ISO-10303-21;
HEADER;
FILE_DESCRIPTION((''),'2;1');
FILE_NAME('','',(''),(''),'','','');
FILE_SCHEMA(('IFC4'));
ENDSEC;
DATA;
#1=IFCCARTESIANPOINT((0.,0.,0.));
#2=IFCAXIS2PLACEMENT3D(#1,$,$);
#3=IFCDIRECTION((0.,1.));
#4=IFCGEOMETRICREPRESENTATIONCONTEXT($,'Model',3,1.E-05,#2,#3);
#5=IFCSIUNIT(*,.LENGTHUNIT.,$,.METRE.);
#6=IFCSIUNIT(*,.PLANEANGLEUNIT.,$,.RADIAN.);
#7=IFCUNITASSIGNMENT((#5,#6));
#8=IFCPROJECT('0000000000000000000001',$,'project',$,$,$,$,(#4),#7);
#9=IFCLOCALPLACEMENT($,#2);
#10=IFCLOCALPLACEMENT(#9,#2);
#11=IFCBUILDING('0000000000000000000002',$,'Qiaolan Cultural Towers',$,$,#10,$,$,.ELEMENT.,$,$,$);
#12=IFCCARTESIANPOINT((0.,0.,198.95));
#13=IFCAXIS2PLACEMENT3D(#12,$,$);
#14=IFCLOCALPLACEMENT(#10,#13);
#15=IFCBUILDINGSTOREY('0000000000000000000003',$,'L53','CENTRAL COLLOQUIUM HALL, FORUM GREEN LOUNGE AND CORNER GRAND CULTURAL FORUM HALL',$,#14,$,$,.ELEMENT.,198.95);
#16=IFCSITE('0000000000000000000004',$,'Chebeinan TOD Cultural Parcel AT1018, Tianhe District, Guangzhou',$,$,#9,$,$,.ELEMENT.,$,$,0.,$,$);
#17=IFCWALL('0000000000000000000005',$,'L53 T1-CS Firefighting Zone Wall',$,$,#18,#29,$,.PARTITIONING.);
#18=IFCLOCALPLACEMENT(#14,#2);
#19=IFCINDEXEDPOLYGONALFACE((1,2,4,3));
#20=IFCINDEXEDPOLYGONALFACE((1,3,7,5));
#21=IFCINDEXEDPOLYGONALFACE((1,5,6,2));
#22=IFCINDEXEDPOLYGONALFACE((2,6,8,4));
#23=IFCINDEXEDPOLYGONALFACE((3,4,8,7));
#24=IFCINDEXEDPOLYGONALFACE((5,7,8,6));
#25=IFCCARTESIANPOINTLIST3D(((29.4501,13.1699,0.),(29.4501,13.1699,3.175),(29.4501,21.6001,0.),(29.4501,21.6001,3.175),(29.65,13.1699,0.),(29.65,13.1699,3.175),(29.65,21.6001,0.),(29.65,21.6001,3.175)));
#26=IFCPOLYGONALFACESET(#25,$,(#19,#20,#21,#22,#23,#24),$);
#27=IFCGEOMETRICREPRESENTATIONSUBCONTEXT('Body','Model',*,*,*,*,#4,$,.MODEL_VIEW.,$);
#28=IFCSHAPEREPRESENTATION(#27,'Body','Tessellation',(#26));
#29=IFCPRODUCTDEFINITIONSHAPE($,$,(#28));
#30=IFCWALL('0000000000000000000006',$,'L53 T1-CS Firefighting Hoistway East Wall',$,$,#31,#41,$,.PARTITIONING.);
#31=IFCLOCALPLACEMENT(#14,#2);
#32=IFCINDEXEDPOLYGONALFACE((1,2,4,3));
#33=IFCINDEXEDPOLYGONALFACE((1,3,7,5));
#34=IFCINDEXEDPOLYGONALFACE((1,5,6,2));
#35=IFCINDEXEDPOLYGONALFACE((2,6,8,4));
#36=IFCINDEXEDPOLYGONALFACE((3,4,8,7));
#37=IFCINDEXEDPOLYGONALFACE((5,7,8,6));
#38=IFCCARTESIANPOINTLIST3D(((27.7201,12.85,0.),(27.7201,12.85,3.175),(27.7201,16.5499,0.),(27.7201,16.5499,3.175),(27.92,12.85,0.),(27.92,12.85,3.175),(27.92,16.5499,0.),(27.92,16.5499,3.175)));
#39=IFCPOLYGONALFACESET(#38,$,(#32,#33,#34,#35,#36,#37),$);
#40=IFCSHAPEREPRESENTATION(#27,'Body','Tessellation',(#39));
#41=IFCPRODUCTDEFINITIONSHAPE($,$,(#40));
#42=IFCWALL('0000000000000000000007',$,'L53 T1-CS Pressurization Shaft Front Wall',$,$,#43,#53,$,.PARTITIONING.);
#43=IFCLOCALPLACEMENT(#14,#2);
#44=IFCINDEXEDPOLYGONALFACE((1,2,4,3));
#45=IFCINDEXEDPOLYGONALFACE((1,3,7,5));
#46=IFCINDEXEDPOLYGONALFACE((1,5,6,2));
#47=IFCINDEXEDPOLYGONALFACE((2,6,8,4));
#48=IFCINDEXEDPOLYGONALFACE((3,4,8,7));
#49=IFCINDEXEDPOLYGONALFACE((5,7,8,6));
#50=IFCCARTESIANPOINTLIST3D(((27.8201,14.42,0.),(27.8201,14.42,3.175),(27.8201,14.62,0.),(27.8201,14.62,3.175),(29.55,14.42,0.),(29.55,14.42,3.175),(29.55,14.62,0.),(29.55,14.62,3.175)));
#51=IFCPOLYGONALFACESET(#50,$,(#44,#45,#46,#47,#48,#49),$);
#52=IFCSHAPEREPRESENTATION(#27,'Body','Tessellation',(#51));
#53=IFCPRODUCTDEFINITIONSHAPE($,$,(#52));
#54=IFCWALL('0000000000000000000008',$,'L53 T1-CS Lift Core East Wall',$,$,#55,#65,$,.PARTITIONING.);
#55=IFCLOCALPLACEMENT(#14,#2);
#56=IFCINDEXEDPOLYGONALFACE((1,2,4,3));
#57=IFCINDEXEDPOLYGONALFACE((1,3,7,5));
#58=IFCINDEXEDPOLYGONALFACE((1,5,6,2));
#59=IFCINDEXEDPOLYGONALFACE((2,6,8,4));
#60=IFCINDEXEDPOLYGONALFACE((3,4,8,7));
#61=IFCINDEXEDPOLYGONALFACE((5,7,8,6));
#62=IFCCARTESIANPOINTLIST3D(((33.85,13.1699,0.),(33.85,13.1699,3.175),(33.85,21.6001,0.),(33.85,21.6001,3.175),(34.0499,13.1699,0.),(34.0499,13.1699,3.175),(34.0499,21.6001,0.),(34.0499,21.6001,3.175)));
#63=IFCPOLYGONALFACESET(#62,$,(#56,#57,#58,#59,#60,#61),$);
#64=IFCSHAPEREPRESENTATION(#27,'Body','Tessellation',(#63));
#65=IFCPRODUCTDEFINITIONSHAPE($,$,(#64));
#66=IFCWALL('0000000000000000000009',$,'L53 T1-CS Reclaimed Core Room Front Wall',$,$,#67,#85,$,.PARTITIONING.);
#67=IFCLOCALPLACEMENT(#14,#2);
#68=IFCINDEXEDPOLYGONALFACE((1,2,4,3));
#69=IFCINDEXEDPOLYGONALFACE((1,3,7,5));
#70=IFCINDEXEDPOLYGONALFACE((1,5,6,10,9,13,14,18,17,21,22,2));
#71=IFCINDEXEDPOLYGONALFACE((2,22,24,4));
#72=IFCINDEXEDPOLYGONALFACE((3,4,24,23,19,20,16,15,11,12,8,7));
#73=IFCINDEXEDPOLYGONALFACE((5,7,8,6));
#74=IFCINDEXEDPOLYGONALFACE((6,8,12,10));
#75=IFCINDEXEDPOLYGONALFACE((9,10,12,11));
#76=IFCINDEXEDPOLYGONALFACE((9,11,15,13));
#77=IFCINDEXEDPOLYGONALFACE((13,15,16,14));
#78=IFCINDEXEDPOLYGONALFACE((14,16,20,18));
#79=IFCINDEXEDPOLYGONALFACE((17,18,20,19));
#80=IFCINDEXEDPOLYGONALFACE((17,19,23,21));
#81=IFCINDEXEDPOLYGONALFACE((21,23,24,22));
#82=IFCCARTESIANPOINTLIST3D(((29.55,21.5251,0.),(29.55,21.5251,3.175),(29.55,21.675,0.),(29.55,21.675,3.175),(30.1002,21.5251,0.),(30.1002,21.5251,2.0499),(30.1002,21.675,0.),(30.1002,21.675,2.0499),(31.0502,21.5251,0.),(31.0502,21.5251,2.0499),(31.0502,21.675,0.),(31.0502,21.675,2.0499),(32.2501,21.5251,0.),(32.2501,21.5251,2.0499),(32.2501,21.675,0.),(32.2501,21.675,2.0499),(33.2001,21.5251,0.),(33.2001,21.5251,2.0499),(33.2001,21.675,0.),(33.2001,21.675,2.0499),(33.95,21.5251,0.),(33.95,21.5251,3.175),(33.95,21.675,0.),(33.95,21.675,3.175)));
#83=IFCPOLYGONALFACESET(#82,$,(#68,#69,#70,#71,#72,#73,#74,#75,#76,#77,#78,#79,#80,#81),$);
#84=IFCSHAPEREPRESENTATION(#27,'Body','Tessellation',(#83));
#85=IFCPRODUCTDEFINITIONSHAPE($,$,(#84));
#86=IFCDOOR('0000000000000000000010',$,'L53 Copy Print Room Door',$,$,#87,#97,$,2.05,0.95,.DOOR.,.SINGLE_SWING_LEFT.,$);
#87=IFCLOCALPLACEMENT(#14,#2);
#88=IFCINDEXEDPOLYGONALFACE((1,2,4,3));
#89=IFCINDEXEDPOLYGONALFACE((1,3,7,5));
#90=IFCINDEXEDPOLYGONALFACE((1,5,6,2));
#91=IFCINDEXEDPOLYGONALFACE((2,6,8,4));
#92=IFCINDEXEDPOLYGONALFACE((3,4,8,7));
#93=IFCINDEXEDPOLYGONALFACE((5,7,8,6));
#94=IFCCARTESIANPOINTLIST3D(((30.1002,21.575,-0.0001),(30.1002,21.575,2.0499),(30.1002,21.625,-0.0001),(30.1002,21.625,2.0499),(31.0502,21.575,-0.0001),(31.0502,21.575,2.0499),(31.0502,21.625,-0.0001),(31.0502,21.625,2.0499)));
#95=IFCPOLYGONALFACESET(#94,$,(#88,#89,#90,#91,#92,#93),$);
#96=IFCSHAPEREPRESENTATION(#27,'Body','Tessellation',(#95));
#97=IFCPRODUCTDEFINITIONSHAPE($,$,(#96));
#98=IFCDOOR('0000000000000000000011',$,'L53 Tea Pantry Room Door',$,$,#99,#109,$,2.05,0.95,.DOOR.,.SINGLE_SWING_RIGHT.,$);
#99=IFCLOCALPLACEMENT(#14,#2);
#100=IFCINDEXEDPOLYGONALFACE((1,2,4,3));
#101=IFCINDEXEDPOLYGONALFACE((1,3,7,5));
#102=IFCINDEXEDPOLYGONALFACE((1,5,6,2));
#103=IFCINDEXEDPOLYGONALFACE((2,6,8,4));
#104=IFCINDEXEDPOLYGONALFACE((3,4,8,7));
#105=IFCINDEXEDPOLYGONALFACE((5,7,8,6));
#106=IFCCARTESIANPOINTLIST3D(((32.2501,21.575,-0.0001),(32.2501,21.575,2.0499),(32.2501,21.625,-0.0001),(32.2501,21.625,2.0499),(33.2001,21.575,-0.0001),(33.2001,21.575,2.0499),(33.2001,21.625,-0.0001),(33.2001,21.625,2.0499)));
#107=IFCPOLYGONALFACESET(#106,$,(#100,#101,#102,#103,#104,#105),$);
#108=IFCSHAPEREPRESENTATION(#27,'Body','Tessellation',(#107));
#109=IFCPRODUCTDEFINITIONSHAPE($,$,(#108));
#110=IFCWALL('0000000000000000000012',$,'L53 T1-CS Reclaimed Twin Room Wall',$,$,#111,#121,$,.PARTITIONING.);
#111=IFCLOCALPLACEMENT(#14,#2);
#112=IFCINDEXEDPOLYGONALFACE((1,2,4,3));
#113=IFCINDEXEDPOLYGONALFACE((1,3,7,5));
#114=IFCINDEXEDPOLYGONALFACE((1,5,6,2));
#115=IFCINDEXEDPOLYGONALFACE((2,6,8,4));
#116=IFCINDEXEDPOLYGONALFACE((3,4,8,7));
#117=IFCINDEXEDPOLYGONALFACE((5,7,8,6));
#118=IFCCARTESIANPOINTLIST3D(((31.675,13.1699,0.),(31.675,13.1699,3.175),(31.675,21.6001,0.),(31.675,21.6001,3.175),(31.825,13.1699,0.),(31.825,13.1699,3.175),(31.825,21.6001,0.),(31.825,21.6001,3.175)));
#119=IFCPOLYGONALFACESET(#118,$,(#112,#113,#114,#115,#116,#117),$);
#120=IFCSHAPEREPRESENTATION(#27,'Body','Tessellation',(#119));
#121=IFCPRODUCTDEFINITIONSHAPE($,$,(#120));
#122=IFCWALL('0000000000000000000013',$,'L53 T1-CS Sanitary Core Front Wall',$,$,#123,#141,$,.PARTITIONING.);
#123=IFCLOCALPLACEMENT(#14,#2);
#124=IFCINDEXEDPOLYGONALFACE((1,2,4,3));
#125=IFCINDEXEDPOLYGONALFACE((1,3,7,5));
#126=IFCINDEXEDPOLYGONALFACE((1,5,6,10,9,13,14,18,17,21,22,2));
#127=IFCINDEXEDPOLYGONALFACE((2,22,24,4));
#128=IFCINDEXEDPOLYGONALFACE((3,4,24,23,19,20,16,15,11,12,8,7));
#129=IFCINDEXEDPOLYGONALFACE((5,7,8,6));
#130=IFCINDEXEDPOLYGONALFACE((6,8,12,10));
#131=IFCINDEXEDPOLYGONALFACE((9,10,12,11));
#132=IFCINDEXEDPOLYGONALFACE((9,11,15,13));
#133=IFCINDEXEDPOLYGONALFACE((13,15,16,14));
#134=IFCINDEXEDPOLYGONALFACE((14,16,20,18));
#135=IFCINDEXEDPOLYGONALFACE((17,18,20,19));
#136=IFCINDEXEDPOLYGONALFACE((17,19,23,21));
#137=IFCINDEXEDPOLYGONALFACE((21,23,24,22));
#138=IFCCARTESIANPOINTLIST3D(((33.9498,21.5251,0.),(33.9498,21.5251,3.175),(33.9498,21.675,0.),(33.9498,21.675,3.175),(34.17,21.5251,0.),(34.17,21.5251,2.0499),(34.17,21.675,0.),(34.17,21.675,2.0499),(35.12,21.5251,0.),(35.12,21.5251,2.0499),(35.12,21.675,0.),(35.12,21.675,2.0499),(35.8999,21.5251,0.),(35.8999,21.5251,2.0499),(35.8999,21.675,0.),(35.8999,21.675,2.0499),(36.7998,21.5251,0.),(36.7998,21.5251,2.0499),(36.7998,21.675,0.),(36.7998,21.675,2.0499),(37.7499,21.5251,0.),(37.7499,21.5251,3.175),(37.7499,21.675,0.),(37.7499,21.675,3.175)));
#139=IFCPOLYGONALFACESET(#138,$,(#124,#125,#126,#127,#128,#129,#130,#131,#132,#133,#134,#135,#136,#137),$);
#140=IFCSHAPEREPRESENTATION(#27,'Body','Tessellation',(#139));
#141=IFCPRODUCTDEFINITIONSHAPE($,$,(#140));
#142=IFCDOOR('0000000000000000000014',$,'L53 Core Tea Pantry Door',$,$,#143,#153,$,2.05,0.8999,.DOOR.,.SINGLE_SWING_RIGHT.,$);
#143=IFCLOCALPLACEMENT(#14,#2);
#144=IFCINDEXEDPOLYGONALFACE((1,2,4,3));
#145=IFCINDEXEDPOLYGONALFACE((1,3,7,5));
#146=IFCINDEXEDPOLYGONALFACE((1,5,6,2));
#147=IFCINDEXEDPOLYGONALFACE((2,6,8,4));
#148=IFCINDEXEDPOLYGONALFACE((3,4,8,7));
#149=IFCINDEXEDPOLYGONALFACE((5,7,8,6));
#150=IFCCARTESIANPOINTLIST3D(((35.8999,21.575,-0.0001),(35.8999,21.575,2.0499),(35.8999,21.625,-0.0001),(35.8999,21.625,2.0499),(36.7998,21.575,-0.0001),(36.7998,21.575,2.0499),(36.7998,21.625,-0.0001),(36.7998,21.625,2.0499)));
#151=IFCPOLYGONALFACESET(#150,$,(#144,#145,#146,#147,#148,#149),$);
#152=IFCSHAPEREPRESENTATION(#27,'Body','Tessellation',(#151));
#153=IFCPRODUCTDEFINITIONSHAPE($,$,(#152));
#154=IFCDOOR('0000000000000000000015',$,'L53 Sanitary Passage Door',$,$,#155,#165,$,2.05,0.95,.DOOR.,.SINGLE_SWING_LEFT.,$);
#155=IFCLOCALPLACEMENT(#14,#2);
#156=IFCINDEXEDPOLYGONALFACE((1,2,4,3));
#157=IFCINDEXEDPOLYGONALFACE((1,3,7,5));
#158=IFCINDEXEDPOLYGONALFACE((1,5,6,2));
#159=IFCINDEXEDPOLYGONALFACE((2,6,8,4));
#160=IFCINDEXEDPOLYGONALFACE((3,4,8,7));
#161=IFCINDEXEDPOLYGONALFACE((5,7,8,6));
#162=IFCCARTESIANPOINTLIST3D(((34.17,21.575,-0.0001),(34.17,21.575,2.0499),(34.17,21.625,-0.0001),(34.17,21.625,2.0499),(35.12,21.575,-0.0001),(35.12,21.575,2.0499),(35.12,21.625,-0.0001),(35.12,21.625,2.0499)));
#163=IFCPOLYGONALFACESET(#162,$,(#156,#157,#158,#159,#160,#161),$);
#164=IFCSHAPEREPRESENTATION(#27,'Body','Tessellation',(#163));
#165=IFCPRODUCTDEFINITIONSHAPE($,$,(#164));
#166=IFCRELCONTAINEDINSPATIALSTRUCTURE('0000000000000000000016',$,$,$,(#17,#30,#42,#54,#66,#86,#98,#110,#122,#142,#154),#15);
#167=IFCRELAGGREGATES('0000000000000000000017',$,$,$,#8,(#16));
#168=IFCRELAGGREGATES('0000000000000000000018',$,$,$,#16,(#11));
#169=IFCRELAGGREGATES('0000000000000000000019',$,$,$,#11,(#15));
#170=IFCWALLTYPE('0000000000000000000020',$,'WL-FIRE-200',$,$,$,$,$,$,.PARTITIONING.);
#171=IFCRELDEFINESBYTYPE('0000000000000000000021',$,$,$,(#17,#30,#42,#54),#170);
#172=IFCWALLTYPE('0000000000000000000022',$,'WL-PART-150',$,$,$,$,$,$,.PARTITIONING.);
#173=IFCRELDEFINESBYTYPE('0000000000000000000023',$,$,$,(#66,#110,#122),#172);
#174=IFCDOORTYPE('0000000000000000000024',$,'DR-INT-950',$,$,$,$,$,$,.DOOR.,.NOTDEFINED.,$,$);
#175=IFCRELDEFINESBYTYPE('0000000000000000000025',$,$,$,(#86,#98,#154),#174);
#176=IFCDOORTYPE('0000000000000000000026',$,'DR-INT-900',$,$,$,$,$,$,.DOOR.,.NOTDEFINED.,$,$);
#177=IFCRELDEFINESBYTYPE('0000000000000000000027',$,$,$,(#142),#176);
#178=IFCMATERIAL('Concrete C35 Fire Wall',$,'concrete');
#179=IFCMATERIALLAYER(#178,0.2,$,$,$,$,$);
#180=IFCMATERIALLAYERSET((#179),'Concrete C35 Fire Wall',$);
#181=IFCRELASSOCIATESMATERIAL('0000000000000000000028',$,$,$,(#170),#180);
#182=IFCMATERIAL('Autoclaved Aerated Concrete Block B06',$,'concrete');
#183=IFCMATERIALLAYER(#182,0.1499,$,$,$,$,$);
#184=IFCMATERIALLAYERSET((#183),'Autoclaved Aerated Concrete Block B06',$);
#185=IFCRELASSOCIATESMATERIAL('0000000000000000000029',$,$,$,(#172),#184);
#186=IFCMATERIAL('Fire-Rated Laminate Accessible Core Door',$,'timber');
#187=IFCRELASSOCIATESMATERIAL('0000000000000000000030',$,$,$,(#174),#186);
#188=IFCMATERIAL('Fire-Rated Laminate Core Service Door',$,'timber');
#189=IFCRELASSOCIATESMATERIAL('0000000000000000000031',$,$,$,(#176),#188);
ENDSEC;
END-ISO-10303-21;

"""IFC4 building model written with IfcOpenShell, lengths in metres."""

from ifc_helpers import new_model, si_unit, direction, frame, frame_2d, origin, place, context, subcontext, project, spatial, rectangle, extrude, material, layer, layer_set, type_object, element, fill, save


model = new_model("IFC4")

# Units and contexts
model_context = context("Model", 3, precision=1e-05, world=origin(), true_north=direction((0.0, 1.0)))
body_context = subcontext(model_context, "Body", "Model", "MODEL_VIEW")
ifc_project = project(units=[si_unit("LENGTHUNIT", "METRE"), si_unit("PLANEANGLEUNIT", "RADIAN")], contexts=[model_context])

# Site, building, storey
site_placement = place(None, origin())
site = spatial("IfcSite", under=ifc_project, at=site_placement, Name="Chebeinan TOD Cultural Parcel AT1018, Tianhe District, Guangzhou", CompositionType="ELEMENT", RefElevation=0.0)
building_placement = place(site_placement, origin())
building = spatial("IfcBuilding", under=site, at=building_placement, Name="Qiaolan Cultural Towers", CompositionType="ELEMENT")
storey_placement = place(building_placement, frame((0.0, 0.0, 198.95)))
storey = spatial("IfcBuildingStorey", under=building, at=storey_placement, Name="L53", Description="CENTRAL COLLOQUIUM HALL, FORUM GREEN LOUNGE AND CORNER GRAND CULTURAL FORUM HALL", CompositionType="ELEMENT", Elevation=198.95)

# Walls
ifc_material_1 = material(Name="Concrete C35 Fire Wall", Category="concrete")
ifc_layer_1 = layer(ifc_material_1, 0.2)
ifc_layer_set_1 = layer_set([ifc_layer_1], Name="Concrete C35 Fire Wall")
wall_type_1 = type_object("IfcWallType", Name="WL-FIRE-200", PredefinedType="PARTITIONING", material=ifc_layer_set_1)
wall_1_placement = place(storey_placement, frame((29.55, 21.6001, 0.0), z_axis=(0.0, 0.0, 1.0), x_axis=(0.0, -1.0, 0.0)))
element("IfcWall", 1, at=wall_1_placement, inside=storey, type_object=wall_type_1, Name="L53 T1-CS Firefighting Zone Wall", PredefinedType="PARTITIONING", context=body_context, shape_type="SweptSolid", body=[
    extrude(rectangle(XDim=8.4302, YDim=0.2, at=frame_2d((4.2151, 0.0))), origin(), (0.0, 0.0, 1.0), 3.175),
])
wall_2_placement = place(storey_placement, frame((27.8201, 16.55, 0.0), z_axis=(0.0, 0.0, 1.0), x_axis=(0.0, -1.0, 0.0)))
element("IfcWall", 2, at=wall_2_placement, inside=storey, type_object=wall_type_1, Name="L53 T1-CS Firefighting Hoistway East Wall", PredefinedType="PARTITIONING", context=body_context, shape_type="SweptSolid", body=[
    extrude(rectangle(XDim=3.7, YDim=0.2, at=frame_2d((1.8501, 0.0))), origin(), (0.0, 0.0, 1.0), 3.175),
])
wall_3_placement = place(storey_placement, frame((27.8201, 14.52, 0.0), z_axis=(0.0, 0.0, 1.0), x_axis=(1.0, 0.0, 0.0)))
element("IfcWall", 3, at=wall_3_placement, inside=storey, type_object=wall_type_1, Name="L53 T1-CS Pressurization Shaft Front Wall", PredefinedType="PARTITIONING", context=body_context, shape_type="SweptSolid", body=[
    extrude(rectangle(XDim=1.73, YDim=0.2, at=frame_2d((0.865, 0.0))), origin(), (0.0, 0.0, 1.0), 3.175),
])
wall_4_placement = place(storey_placement, frame((33.95, 21.6001, 0.0), z_axis=(0.0, 0.0, 1.0), x_axis=(0.0, -1.0, 0.0)))
element("IfcWall", 4, at=wall_4_placement, inside=storey, type_object=wall_type_1, Name="L53 T1-CS Lift Core East Wall", PredefinedType="PARTITIONING", context=body_context, shape_type="SweptSolid", body=[
    extrude(rectangle(XDim=8.4302, YDim=0.2, at=frame_2d((4.2151, 0.0))), origin(), (0.0, 0.0, 1.0), 3.175),
])

# Wall, openings, doors
ifc_material_2 = material(Name="Autoclaved Aerated Concrete Block B06", Category="concrete")
ifc_layer_2 = layer(ifc_material_2, 0.1499)
ifc_layer_set_2 = layer_set([ifc_layer_2], Name="Autoclaved Aerated Concrete Block B06")
wall_type_2 = type_object("IfcWallType", Name="WL-PART-150", PredefinedType="PARTITIONING", material=ifc_layer_set_2)
wall_5_placement = place(storey_placement, frame((29.55, 21.6001, 0.0), z_axis=(0.0, 0.0, 1.0), x_axis=(1.0, 0.0, 0.0)))
wall_5 = element("IfcWall", 5, at=wall_5_placement, inside=storey, type_object=wall_type_2, Name="L53 T1-CS Reclaimed Core Room Front Wall", PredefinedType="PARTITIONING", context=body_context, shape_type="SweptSolid", body=[
    extrude(rectangle(XDim=4.3999, YDim=0.1499, at=frame_2d((2.2, 0.0))), origin(), (0.0, 0.0, 1.0), 3.175),
])
opening_1_placement = place(wall_5_placement, frame((0.55, 0.0, 0.0)))
opening_1 = element("IfcOpeningElement", 6, at=opening_1_placement, cuts=wall_5, PredefinedType="OPENING", context=body_context, shape_type="SweptSolid", body=[
    extrude(rectangle(XDim=0.95, YDim=2.05, at=frame_2d((0.4751, 1.0249))), frame((0.0, 0.085, 0.0), z_axis=(0.0, -1.0, 0.0), x_axis=(1.0, 0.0, 0.0)), (0.0, 0.0, 1.0), 0.1699),
])
opening_2_placement = place(wall_5_placement, frame((2.7, 0.0, 0.0)))
opening_2 = element("IfcOpeningElement", 7, at=opening_2_placement, cuts=wall_5, PredefinedType="OPENING", context=body_context, shape_type="SweptSolid", body=[
    extrude(rectangle(XDim=0.95, YDim=2.05, at=frame_2d((0.4751, 1.0249))), frame((0.0, 0.085, 0.0), z_axis=(0.0, -1.0, 0.0), x_axis=(1.0, 0.0, 0.0)), (0.0, 0.0, 1.0), 0.1699),
])
ifc_material_3 = material(Name="Fire-Rated Laminate Accessible Core Door", Category="timber")
door_type_1 = type_object("IfcDoorType", Name="DR-INT-950", OperationType="NOTDEFINED", PredefinedType="DOOR", material=ifc_material_3)
door_1_placement = place(opening_1_placement, origin())
door_1 = element("IfcDoor", 8, at=door_1_placement, inside=storey, type_object=door_type_1, Name="L53 Copy Print Room Door", OperationType="SINGLE_SWING_LEFT", OverallHeight=2.05, OverallWidth=0.95, PredefinedType="DOOR", context=body_context, shape_type="SweptSolid", body=[
    extrude(rectangle(XDim=0.95, YDim=2.05, at=frame_2d((0.4751, 1.0249))), frame((0.0, 0.0249, 0.0), z_axis=(0.0, -1.0, 0.0), x_axis=(1.0, 0.0, 0.0)), (0.0, 0.0, 1.0), 0.05),
])
fill(opening_1, door_1)
door_2_placement = place(opening_2_placement, origin())
door_2 = element("IfcDoor", 9, at=door_2_placement, inside=storey, type_object=door_type_1, Name="L53 Tea Pantry Room Door", OperationType="SINGLE_SWING_RIGHT", OverallHeight=2.05, OverallWidth=0.95, PredefinedType="DOOR", context=body_context, shape_type="SweptSolid", body=[
    extrude(rectangle(XDim=0.95, YDim=2.05, at=frame_2d((0.4751, 1.0249))), frame((0.0, 0.0249, 0.0), z_axis=(0.0, -1.0, 0.0), x_axis=(1.0, 0.0, 0.0)), (0.0, 0.0, 1.0), 0.05),
])
fill(opening_2, door_2)

# Wall
wall_6_placement = place(storey_placement, frame((31.75, 21.6001, 0.0), z_axis=(0.0, 0.0, 1.0), x_axis=(0.0, -1.0, 0.0)))
element("IfcWall", 10, at=wall_6_placement, inside=storey, type_object=wall_type_2, Name="L53 T1-CS Reclaimed Twin Room Wall", PredefinedType="PARTITIONING", context=body_context, shape_type="SweptSolid", body=[
    extrude(rectangle(XDim=8.4302, YDim=0.1499, at=frame_2d((4.2151, 0.0))), origin(), (0.0, 0.0, 1.0), 3.175),
])

# Wall, openings, doors
wall_7_placement = place(storey_placement, frame((33.95, 21.6001, 0.0), z_axis=(0.0, 0.0, 1.0), x_axis=(1.0, 0.0, 0.0)))
wall_7 = element("IfcWall", 11, at=wall_7_placement, inside=storey, type_object=wall_type_2, Name="L53 T1-CS Sanitary Core Front Wall", PredefinedType="PARTITIONING", context=body_context, shape_type="SweptSolid", body=[
    extrude(rectangle(XDim=3.8, YDim=0.1499, at=frame_2d((1.8999, 0.0))), origin(), (0.0, 0.0, 1.0), 3.175),
])
opening_3_placement = place(wall_7_placement, frame((0.22, 0.0, 0.0)))
opening_3 = element("IfcOpeningElement", 12, at=opening_3_placement, cuts=wall_7, PredefinedType="OPENING", context=body_context, shape_type="SweptSolid", body=[
    extrude(rectangle(XDim=0.95, YDim=2.05, at=frame_2d((0.4751, 1.0249))), frame((0.0, 0.085, 0.0), z_axis=(0.0, -1.0, 0.0), x_axis=(1.0, 0.0, 0.0)), (0.0, 0.0, 1.0), 0.1699),
])
opening_4_placement = place(wall_7_placement, frame((1.95, 0.0, 0.0)))
opening_4 = element("IfcOpeningElement", 13, at=opening_4_placement, cuts=wall_7, PredefinedType="OPENING", context=body_context, shape_type="SweptSolid", body=[
    extrude(rectangle(XDim=0.8999, YDim=2.05, at=frame_2d((0.45, 1.0249))), frame((0.0, 0.085, 0.0), z_axis=(0.0, -1.0, 0.0), x_axis=(1.0, 0.0, 0.0)), (0.0, 0.0, 1.0), 0.1699),
])
ifc_material_4 = material(Name="Fire-Rated Laminate Core Service Door", Category="timber")
door_type_2 = type_object("IfcDoorType", Name="DR-INT-900", OperationType="NOTDEFINED", PredefinedType="DOOR", material=ifc_material_4)
door_3_placement = place(opening_4_placement, origin())
door_3 = element("IfcDoor", 14, at=door_3_placement, inside=storey, type_object=door_type_2, Name="L53 Core Tea Pantry Door", OperationType="SINGLE_SWING_RIGHT", OverallHeight=2.05, OverallWidth=0.8999, PredefinedType="DOOR", context=body_context, shape_type="SweptSolid", body=[
    extrude(rectangle(XDim=0.8999, YDim=2.05, at=frame_2d((0.45, 1.0249))), frame((0.0, 0.0249, 0.0), z_axis=(0.0, -1.0, 0.0), x_axis=(1.0, 0.0, 0.0)), (0.0, 0.0, 1.0), 0.05),
])
fill(opening_4, door_3)
door_4_placement = place(opening_3_placement, origin())
door_4 = element("IfcDoor", 15, at=door_4_placement, inside=storey, type_object=door_type_1, Name="L53 Sanitary Passage Door", OperationType="SINGLE_SWING_LEFT", OverallHeight=2.05, OverallWidth=0.95, PredefinedType="DOOR", context=body_context, shape_type="SweptSolid", body=[
    extrude(rectangle(XDim=0.95, YDim=2.05, at=frame_2d((0.4751, 1.0249))), frame((0.0, 0.0249, 0.0), z_axis=(0.0, -1.0, 0.0), x_axis=(1.0, 0.0, 0.0)), (0.0, 0.0, 1.0), 0.05),
])
fill(opening_3, door_4)

save(model, "model.ifc")
